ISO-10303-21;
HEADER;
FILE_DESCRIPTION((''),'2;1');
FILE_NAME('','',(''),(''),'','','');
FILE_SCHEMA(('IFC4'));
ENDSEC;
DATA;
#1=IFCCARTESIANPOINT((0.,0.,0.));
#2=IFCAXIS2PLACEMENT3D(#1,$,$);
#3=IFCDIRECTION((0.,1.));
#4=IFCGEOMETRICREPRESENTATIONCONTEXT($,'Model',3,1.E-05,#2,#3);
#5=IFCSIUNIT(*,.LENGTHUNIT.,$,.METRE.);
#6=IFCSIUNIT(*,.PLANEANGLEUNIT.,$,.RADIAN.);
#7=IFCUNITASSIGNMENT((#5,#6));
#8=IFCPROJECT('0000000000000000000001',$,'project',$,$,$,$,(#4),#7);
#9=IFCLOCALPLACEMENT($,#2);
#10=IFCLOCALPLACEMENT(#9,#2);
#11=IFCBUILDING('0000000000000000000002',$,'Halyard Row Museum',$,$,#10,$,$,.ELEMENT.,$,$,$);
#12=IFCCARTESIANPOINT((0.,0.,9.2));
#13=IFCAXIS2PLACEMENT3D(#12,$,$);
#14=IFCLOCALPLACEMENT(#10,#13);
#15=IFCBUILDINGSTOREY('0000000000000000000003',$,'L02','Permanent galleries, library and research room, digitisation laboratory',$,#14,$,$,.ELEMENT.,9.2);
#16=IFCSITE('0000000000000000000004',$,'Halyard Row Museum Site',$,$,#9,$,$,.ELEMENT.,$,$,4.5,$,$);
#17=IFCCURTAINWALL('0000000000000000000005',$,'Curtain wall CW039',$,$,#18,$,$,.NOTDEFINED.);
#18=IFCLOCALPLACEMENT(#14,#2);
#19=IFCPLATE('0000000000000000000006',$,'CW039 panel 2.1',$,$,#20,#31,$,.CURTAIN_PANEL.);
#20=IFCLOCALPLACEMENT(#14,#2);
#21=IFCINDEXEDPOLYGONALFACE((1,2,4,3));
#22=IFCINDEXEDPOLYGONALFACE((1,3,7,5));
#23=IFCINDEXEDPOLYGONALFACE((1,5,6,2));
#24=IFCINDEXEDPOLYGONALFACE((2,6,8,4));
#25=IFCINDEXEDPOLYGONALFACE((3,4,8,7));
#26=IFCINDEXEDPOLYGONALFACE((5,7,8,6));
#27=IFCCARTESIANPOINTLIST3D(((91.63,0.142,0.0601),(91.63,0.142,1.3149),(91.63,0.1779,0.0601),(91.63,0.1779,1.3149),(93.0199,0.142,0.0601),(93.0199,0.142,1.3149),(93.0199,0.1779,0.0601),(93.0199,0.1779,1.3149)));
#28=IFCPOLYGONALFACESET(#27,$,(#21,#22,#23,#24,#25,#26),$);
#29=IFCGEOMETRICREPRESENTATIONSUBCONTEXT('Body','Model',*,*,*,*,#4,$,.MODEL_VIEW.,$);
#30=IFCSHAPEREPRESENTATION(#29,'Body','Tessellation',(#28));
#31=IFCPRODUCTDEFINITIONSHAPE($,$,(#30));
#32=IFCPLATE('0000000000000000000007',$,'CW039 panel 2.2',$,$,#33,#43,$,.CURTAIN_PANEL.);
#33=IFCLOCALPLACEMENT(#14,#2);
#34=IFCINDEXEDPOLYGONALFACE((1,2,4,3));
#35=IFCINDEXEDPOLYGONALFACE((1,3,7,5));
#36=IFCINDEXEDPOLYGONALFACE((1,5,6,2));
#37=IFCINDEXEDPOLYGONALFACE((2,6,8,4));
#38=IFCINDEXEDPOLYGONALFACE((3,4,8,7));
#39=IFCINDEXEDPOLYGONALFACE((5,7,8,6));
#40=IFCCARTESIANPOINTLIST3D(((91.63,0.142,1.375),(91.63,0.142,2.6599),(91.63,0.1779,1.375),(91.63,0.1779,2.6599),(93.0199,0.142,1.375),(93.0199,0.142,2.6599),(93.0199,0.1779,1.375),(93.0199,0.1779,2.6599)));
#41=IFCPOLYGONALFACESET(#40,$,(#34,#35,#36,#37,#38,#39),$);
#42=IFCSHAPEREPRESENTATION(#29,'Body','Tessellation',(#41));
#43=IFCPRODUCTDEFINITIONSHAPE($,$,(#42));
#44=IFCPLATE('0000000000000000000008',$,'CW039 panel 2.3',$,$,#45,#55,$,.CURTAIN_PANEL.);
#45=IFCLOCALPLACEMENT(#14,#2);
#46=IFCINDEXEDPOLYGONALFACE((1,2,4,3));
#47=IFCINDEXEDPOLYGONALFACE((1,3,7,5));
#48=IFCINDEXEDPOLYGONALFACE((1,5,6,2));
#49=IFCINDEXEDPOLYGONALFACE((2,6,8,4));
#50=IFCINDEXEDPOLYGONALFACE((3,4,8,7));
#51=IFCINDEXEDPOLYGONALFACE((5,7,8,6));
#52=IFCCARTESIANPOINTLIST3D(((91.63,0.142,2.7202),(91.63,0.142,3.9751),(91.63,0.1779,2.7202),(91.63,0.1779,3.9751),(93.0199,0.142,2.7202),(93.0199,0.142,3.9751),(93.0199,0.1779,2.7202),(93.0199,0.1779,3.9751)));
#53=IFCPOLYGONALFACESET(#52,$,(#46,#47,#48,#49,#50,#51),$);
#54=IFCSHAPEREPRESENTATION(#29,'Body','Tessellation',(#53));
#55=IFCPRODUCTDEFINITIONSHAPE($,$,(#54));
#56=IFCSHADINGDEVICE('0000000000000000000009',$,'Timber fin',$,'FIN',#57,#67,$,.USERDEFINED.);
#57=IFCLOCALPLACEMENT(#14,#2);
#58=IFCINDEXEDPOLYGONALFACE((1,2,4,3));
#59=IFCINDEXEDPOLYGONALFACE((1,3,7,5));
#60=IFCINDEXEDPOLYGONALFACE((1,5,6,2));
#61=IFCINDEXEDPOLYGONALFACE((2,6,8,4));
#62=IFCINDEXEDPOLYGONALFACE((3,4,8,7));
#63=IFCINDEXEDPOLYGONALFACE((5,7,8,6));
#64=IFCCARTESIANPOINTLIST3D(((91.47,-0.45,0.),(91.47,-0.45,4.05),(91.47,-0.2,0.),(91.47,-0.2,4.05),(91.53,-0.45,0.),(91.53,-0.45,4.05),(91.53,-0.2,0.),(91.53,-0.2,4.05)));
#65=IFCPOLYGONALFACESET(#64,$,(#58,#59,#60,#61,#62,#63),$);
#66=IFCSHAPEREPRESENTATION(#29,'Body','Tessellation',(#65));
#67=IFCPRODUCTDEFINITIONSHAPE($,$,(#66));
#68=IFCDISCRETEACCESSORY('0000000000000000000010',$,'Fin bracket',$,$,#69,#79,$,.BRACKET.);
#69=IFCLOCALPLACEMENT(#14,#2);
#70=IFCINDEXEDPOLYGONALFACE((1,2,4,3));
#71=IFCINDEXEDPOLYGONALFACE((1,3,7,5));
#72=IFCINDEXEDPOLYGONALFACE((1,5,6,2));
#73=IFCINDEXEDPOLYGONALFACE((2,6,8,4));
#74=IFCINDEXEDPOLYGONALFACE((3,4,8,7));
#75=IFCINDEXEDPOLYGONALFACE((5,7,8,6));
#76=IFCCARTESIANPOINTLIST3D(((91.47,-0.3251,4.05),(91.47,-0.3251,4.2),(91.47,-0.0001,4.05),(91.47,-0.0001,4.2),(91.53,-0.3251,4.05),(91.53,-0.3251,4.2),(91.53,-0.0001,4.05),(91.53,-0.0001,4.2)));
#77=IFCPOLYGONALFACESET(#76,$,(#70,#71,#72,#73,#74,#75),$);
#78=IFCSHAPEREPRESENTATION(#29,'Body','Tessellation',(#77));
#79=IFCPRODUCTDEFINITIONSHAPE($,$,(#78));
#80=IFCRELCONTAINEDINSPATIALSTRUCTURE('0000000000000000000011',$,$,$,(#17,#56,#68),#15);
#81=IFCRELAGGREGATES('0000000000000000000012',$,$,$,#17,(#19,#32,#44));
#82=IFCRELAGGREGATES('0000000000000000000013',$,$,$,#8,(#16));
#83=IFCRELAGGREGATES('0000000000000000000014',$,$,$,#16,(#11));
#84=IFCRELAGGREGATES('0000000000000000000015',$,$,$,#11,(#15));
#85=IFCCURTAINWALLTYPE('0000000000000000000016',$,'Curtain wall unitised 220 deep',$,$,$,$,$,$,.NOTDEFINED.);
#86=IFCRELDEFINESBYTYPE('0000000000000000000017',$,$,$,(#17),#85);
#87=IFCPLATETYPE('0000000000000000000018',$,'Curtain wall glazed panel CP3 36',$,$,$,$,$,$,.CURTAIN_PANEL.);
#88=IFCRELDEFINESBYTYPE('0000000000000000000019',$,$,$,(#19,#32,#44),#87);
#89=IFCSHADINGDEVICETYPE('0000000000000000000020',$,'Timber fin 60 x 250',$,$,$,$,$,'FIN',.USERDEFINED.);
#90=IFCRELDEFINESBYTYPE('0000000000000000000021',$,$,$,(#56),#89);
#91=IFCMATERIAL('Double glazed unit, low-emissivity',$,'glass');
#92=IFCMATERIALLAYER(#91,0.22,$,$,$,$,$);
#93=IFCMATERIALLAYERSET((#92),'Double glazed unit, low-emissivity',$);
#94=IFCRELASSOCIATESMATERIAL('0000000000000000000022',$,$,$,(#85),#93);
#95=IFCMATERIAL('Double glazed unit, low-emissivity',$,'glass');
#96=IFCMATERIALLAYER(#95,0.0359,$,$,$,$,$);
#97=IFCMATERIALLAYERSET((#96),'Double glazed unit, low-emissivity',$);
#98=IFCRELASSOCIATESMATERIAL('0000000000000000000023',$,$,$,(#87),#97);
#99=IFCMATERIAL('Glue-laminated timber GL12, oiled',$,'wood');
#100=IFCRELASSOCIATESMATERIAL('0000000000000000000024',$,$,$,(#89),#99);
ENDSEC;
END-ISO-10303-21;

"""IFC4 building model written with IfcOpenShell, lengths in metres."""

from ifc_helpers import new_model, si_unit, direction, frame, origin, origin_2d, place, context, subcontext, project, spatial, rectangle, extrude, material, layer, layer_set, type_object, element, aggregate, save


model = new_model("IFC4")

# Units and contexts
model_context = context("Model", 3, precision=1e-05, world=origin(), true_north=direction((0.0, 1.0)))
body_context = subcontext(model_context, "Body", "Model", "MODEL_VIEW")
ifc_project = project(units=[si_unit("LENGTHUNIT", "METRE"), si_unit("PLANEANGLEUNIT", "RADIAN")], contexts=[model_context])

# Site, building, storey
site_placement = place(None, origin())
site = spatial("IfcSite", under=ifc_project, at=site_placement, Name="Halyard Row Museum Site", CompositionType="ELEMENT", RefElevation=4.5)
building_placement = place(site_placement, origin())
building = spatial("IfcBuilding", under=site, at=building_placement, Name="Halyard Row Museum", CompositionType="ELEMENT")
storey_placement = place(building_placement, frame((0.0, 0.0, 9.2)))
storey = spatial("IfcBuildingStorey", under=building, at=storey_placement, Name="L02", Description="Permanent galleries, library and research room, digitisation laboratory", CompositionType="ELEMENT", Elevation=9.2)

# Curtain wall
ifc_material_1 = material(Name="Double glazed unit, low-emissivity", Category="glass")
ifc_layer_1 = layer(ifc_material_1, 0.22)
ifc_layer_set_1 = layer_set([ifc_layer_1], Name="Double glazed unit, low-emissivity")
curtain_wall_type = type_object("IfcCurtainWallType", Name="Curtain wall unitised 220 deep", PredefinedType="NOTDEFINED", material=ifc_layer_set_1)
curtain_wall_placement = place(storey_placement, origin())
curtain_wall = element("IfcCurtainWall", 1, at=curtain_wall_placement, inside=storey, type_object=curtain_wall_type, Name="Curtain wall CW039", PredefinedType="NOTDEFINED")

# Plates
ifc_material_2 = material(Name="Double glazed unit, low-emissivity", Category="glass")
ifc_layer_2 = layer(ifc_material_2, 0.0359)
ifc_layer_set_2 = layer_set([ifc_layer_2], Name="Double glazed unit, low-emissivity")
plate_type = type_object("IfcPlateType", Name="Curtain wall glazed panel CP3 36", PredefinedType="CURTAIN_PANEL", material=ifc_layer_set_2)
plate_1_placement = place(storey_placement, frame((92.325, 0.1599, 0.0601), z_axis=(0.0, 0.0, 1.0), x_axis=(1.0, 0.0, 0.0)))
plate_1 = element("IfcPlate", 2, at=plate_1_placement, type_object=plate_type, Name="CW039 panel 2.1", PredefinedType="CURTAIN_PANEL", context=body_context, shape_type="SweptSolid", body=[
    extrude(rectangle(XDim=1.3899, YDim=0.0359, at=origin_2d()), origin(), (0.0, 0.0, 1.0), 1.2549),
])
plate_2_placement = place(storey_placement, frame((92.325, 0.1599, 1.375), z_axis=(0.0, 0.0, 1.0), x_axis=(1.0, 0.0, 0.0)))
plate_2 = element("IfcPlate", 3, at=plate_2_placement, type_object=plate_type, Name="CW039 panel 2.2", PredefinedType="CURTAIN_PANEL", context=body_context, shape_type="SweptSolid", body=[
    extrude(rectangle(XDim=1.3899, YDim=0.0359, at=origin_2d()), origin(), (0.0, 0.0, 1.0), 1.2849),
])
plate_3_placement = place(storey_placement, frame((92.325, 0.1599, 2.7202), z_axis=(0.0, 0.0, 1.0), x_axis=(1.0, 0.0, 0.0)))
plate_3 = element("IfcPlate", 4, at=plate_3_placement, type_object=plate_type, Name="CW039 panel 2.3", PredefinedType="CURTAIN_PANEL", context=body_context, shape_type="SweptSolid", body=[
    extrude(rectangle(XDim=1.3899, YDim=0.0359, at=origin_2d()), origin(), (0.0, 0.0, 1.0), 1.2549),
])
aggregate(curtain_wall, [plate_1, plate_2, plate_3])

# Shading device
ifc_material_3 = material(Name="Glue-laminated timber GL12, oiled", Category="wood")
shading_device_type = type_object("IfcShadingDeviceType", Name="Timber fin 60 x 250", ElementType="FIN", PredefinedType="USERDEFINED", material=ifc_material_3)
shading_device_placement = place(storey_placement, frame((91.5, -0.325, 0.0), z_axis=(0.0, 0.0, 1.0), x_axis=(1.0, 0.0, 0.0)))
element("IfcShadingDevice", 5, at=shading_device_placement, inside=storey, type_object=shading_device_type, Name="Timber fin", ObjectType="FIN", PredefinedType="USERDEFINED", context=body_context, shape_type="SweptSolid", body=[
    extrude(rectangle(XDim=0.0601, YDim=0.25, at=origin_2d()), origin(), (0.0, 0.0, 1.0), 4.05),
])

# Discrete accessory
discrete_accessory_placement = place(storey_placement, frame((91.5, -0.1626, 4.05), z_axis=(0.0, 0.0, 1.0), x_axis=(1.0, 0.0, 0.0)))
element("IfcDiscreteAccessory", 6, at=discrete_accessory_placement, inside=storey, Name="Fin bracket", PredefinedType="BRACKET", context=body_context, shape_type="SweptSolid", body=[
    extrude(rectangle(XDim=0.0601, YDim=0.325, at=origin_2d()), origin(), (0.0, 0.0, 1.0), 0.1499),
])

save(model, "model.ifc")
